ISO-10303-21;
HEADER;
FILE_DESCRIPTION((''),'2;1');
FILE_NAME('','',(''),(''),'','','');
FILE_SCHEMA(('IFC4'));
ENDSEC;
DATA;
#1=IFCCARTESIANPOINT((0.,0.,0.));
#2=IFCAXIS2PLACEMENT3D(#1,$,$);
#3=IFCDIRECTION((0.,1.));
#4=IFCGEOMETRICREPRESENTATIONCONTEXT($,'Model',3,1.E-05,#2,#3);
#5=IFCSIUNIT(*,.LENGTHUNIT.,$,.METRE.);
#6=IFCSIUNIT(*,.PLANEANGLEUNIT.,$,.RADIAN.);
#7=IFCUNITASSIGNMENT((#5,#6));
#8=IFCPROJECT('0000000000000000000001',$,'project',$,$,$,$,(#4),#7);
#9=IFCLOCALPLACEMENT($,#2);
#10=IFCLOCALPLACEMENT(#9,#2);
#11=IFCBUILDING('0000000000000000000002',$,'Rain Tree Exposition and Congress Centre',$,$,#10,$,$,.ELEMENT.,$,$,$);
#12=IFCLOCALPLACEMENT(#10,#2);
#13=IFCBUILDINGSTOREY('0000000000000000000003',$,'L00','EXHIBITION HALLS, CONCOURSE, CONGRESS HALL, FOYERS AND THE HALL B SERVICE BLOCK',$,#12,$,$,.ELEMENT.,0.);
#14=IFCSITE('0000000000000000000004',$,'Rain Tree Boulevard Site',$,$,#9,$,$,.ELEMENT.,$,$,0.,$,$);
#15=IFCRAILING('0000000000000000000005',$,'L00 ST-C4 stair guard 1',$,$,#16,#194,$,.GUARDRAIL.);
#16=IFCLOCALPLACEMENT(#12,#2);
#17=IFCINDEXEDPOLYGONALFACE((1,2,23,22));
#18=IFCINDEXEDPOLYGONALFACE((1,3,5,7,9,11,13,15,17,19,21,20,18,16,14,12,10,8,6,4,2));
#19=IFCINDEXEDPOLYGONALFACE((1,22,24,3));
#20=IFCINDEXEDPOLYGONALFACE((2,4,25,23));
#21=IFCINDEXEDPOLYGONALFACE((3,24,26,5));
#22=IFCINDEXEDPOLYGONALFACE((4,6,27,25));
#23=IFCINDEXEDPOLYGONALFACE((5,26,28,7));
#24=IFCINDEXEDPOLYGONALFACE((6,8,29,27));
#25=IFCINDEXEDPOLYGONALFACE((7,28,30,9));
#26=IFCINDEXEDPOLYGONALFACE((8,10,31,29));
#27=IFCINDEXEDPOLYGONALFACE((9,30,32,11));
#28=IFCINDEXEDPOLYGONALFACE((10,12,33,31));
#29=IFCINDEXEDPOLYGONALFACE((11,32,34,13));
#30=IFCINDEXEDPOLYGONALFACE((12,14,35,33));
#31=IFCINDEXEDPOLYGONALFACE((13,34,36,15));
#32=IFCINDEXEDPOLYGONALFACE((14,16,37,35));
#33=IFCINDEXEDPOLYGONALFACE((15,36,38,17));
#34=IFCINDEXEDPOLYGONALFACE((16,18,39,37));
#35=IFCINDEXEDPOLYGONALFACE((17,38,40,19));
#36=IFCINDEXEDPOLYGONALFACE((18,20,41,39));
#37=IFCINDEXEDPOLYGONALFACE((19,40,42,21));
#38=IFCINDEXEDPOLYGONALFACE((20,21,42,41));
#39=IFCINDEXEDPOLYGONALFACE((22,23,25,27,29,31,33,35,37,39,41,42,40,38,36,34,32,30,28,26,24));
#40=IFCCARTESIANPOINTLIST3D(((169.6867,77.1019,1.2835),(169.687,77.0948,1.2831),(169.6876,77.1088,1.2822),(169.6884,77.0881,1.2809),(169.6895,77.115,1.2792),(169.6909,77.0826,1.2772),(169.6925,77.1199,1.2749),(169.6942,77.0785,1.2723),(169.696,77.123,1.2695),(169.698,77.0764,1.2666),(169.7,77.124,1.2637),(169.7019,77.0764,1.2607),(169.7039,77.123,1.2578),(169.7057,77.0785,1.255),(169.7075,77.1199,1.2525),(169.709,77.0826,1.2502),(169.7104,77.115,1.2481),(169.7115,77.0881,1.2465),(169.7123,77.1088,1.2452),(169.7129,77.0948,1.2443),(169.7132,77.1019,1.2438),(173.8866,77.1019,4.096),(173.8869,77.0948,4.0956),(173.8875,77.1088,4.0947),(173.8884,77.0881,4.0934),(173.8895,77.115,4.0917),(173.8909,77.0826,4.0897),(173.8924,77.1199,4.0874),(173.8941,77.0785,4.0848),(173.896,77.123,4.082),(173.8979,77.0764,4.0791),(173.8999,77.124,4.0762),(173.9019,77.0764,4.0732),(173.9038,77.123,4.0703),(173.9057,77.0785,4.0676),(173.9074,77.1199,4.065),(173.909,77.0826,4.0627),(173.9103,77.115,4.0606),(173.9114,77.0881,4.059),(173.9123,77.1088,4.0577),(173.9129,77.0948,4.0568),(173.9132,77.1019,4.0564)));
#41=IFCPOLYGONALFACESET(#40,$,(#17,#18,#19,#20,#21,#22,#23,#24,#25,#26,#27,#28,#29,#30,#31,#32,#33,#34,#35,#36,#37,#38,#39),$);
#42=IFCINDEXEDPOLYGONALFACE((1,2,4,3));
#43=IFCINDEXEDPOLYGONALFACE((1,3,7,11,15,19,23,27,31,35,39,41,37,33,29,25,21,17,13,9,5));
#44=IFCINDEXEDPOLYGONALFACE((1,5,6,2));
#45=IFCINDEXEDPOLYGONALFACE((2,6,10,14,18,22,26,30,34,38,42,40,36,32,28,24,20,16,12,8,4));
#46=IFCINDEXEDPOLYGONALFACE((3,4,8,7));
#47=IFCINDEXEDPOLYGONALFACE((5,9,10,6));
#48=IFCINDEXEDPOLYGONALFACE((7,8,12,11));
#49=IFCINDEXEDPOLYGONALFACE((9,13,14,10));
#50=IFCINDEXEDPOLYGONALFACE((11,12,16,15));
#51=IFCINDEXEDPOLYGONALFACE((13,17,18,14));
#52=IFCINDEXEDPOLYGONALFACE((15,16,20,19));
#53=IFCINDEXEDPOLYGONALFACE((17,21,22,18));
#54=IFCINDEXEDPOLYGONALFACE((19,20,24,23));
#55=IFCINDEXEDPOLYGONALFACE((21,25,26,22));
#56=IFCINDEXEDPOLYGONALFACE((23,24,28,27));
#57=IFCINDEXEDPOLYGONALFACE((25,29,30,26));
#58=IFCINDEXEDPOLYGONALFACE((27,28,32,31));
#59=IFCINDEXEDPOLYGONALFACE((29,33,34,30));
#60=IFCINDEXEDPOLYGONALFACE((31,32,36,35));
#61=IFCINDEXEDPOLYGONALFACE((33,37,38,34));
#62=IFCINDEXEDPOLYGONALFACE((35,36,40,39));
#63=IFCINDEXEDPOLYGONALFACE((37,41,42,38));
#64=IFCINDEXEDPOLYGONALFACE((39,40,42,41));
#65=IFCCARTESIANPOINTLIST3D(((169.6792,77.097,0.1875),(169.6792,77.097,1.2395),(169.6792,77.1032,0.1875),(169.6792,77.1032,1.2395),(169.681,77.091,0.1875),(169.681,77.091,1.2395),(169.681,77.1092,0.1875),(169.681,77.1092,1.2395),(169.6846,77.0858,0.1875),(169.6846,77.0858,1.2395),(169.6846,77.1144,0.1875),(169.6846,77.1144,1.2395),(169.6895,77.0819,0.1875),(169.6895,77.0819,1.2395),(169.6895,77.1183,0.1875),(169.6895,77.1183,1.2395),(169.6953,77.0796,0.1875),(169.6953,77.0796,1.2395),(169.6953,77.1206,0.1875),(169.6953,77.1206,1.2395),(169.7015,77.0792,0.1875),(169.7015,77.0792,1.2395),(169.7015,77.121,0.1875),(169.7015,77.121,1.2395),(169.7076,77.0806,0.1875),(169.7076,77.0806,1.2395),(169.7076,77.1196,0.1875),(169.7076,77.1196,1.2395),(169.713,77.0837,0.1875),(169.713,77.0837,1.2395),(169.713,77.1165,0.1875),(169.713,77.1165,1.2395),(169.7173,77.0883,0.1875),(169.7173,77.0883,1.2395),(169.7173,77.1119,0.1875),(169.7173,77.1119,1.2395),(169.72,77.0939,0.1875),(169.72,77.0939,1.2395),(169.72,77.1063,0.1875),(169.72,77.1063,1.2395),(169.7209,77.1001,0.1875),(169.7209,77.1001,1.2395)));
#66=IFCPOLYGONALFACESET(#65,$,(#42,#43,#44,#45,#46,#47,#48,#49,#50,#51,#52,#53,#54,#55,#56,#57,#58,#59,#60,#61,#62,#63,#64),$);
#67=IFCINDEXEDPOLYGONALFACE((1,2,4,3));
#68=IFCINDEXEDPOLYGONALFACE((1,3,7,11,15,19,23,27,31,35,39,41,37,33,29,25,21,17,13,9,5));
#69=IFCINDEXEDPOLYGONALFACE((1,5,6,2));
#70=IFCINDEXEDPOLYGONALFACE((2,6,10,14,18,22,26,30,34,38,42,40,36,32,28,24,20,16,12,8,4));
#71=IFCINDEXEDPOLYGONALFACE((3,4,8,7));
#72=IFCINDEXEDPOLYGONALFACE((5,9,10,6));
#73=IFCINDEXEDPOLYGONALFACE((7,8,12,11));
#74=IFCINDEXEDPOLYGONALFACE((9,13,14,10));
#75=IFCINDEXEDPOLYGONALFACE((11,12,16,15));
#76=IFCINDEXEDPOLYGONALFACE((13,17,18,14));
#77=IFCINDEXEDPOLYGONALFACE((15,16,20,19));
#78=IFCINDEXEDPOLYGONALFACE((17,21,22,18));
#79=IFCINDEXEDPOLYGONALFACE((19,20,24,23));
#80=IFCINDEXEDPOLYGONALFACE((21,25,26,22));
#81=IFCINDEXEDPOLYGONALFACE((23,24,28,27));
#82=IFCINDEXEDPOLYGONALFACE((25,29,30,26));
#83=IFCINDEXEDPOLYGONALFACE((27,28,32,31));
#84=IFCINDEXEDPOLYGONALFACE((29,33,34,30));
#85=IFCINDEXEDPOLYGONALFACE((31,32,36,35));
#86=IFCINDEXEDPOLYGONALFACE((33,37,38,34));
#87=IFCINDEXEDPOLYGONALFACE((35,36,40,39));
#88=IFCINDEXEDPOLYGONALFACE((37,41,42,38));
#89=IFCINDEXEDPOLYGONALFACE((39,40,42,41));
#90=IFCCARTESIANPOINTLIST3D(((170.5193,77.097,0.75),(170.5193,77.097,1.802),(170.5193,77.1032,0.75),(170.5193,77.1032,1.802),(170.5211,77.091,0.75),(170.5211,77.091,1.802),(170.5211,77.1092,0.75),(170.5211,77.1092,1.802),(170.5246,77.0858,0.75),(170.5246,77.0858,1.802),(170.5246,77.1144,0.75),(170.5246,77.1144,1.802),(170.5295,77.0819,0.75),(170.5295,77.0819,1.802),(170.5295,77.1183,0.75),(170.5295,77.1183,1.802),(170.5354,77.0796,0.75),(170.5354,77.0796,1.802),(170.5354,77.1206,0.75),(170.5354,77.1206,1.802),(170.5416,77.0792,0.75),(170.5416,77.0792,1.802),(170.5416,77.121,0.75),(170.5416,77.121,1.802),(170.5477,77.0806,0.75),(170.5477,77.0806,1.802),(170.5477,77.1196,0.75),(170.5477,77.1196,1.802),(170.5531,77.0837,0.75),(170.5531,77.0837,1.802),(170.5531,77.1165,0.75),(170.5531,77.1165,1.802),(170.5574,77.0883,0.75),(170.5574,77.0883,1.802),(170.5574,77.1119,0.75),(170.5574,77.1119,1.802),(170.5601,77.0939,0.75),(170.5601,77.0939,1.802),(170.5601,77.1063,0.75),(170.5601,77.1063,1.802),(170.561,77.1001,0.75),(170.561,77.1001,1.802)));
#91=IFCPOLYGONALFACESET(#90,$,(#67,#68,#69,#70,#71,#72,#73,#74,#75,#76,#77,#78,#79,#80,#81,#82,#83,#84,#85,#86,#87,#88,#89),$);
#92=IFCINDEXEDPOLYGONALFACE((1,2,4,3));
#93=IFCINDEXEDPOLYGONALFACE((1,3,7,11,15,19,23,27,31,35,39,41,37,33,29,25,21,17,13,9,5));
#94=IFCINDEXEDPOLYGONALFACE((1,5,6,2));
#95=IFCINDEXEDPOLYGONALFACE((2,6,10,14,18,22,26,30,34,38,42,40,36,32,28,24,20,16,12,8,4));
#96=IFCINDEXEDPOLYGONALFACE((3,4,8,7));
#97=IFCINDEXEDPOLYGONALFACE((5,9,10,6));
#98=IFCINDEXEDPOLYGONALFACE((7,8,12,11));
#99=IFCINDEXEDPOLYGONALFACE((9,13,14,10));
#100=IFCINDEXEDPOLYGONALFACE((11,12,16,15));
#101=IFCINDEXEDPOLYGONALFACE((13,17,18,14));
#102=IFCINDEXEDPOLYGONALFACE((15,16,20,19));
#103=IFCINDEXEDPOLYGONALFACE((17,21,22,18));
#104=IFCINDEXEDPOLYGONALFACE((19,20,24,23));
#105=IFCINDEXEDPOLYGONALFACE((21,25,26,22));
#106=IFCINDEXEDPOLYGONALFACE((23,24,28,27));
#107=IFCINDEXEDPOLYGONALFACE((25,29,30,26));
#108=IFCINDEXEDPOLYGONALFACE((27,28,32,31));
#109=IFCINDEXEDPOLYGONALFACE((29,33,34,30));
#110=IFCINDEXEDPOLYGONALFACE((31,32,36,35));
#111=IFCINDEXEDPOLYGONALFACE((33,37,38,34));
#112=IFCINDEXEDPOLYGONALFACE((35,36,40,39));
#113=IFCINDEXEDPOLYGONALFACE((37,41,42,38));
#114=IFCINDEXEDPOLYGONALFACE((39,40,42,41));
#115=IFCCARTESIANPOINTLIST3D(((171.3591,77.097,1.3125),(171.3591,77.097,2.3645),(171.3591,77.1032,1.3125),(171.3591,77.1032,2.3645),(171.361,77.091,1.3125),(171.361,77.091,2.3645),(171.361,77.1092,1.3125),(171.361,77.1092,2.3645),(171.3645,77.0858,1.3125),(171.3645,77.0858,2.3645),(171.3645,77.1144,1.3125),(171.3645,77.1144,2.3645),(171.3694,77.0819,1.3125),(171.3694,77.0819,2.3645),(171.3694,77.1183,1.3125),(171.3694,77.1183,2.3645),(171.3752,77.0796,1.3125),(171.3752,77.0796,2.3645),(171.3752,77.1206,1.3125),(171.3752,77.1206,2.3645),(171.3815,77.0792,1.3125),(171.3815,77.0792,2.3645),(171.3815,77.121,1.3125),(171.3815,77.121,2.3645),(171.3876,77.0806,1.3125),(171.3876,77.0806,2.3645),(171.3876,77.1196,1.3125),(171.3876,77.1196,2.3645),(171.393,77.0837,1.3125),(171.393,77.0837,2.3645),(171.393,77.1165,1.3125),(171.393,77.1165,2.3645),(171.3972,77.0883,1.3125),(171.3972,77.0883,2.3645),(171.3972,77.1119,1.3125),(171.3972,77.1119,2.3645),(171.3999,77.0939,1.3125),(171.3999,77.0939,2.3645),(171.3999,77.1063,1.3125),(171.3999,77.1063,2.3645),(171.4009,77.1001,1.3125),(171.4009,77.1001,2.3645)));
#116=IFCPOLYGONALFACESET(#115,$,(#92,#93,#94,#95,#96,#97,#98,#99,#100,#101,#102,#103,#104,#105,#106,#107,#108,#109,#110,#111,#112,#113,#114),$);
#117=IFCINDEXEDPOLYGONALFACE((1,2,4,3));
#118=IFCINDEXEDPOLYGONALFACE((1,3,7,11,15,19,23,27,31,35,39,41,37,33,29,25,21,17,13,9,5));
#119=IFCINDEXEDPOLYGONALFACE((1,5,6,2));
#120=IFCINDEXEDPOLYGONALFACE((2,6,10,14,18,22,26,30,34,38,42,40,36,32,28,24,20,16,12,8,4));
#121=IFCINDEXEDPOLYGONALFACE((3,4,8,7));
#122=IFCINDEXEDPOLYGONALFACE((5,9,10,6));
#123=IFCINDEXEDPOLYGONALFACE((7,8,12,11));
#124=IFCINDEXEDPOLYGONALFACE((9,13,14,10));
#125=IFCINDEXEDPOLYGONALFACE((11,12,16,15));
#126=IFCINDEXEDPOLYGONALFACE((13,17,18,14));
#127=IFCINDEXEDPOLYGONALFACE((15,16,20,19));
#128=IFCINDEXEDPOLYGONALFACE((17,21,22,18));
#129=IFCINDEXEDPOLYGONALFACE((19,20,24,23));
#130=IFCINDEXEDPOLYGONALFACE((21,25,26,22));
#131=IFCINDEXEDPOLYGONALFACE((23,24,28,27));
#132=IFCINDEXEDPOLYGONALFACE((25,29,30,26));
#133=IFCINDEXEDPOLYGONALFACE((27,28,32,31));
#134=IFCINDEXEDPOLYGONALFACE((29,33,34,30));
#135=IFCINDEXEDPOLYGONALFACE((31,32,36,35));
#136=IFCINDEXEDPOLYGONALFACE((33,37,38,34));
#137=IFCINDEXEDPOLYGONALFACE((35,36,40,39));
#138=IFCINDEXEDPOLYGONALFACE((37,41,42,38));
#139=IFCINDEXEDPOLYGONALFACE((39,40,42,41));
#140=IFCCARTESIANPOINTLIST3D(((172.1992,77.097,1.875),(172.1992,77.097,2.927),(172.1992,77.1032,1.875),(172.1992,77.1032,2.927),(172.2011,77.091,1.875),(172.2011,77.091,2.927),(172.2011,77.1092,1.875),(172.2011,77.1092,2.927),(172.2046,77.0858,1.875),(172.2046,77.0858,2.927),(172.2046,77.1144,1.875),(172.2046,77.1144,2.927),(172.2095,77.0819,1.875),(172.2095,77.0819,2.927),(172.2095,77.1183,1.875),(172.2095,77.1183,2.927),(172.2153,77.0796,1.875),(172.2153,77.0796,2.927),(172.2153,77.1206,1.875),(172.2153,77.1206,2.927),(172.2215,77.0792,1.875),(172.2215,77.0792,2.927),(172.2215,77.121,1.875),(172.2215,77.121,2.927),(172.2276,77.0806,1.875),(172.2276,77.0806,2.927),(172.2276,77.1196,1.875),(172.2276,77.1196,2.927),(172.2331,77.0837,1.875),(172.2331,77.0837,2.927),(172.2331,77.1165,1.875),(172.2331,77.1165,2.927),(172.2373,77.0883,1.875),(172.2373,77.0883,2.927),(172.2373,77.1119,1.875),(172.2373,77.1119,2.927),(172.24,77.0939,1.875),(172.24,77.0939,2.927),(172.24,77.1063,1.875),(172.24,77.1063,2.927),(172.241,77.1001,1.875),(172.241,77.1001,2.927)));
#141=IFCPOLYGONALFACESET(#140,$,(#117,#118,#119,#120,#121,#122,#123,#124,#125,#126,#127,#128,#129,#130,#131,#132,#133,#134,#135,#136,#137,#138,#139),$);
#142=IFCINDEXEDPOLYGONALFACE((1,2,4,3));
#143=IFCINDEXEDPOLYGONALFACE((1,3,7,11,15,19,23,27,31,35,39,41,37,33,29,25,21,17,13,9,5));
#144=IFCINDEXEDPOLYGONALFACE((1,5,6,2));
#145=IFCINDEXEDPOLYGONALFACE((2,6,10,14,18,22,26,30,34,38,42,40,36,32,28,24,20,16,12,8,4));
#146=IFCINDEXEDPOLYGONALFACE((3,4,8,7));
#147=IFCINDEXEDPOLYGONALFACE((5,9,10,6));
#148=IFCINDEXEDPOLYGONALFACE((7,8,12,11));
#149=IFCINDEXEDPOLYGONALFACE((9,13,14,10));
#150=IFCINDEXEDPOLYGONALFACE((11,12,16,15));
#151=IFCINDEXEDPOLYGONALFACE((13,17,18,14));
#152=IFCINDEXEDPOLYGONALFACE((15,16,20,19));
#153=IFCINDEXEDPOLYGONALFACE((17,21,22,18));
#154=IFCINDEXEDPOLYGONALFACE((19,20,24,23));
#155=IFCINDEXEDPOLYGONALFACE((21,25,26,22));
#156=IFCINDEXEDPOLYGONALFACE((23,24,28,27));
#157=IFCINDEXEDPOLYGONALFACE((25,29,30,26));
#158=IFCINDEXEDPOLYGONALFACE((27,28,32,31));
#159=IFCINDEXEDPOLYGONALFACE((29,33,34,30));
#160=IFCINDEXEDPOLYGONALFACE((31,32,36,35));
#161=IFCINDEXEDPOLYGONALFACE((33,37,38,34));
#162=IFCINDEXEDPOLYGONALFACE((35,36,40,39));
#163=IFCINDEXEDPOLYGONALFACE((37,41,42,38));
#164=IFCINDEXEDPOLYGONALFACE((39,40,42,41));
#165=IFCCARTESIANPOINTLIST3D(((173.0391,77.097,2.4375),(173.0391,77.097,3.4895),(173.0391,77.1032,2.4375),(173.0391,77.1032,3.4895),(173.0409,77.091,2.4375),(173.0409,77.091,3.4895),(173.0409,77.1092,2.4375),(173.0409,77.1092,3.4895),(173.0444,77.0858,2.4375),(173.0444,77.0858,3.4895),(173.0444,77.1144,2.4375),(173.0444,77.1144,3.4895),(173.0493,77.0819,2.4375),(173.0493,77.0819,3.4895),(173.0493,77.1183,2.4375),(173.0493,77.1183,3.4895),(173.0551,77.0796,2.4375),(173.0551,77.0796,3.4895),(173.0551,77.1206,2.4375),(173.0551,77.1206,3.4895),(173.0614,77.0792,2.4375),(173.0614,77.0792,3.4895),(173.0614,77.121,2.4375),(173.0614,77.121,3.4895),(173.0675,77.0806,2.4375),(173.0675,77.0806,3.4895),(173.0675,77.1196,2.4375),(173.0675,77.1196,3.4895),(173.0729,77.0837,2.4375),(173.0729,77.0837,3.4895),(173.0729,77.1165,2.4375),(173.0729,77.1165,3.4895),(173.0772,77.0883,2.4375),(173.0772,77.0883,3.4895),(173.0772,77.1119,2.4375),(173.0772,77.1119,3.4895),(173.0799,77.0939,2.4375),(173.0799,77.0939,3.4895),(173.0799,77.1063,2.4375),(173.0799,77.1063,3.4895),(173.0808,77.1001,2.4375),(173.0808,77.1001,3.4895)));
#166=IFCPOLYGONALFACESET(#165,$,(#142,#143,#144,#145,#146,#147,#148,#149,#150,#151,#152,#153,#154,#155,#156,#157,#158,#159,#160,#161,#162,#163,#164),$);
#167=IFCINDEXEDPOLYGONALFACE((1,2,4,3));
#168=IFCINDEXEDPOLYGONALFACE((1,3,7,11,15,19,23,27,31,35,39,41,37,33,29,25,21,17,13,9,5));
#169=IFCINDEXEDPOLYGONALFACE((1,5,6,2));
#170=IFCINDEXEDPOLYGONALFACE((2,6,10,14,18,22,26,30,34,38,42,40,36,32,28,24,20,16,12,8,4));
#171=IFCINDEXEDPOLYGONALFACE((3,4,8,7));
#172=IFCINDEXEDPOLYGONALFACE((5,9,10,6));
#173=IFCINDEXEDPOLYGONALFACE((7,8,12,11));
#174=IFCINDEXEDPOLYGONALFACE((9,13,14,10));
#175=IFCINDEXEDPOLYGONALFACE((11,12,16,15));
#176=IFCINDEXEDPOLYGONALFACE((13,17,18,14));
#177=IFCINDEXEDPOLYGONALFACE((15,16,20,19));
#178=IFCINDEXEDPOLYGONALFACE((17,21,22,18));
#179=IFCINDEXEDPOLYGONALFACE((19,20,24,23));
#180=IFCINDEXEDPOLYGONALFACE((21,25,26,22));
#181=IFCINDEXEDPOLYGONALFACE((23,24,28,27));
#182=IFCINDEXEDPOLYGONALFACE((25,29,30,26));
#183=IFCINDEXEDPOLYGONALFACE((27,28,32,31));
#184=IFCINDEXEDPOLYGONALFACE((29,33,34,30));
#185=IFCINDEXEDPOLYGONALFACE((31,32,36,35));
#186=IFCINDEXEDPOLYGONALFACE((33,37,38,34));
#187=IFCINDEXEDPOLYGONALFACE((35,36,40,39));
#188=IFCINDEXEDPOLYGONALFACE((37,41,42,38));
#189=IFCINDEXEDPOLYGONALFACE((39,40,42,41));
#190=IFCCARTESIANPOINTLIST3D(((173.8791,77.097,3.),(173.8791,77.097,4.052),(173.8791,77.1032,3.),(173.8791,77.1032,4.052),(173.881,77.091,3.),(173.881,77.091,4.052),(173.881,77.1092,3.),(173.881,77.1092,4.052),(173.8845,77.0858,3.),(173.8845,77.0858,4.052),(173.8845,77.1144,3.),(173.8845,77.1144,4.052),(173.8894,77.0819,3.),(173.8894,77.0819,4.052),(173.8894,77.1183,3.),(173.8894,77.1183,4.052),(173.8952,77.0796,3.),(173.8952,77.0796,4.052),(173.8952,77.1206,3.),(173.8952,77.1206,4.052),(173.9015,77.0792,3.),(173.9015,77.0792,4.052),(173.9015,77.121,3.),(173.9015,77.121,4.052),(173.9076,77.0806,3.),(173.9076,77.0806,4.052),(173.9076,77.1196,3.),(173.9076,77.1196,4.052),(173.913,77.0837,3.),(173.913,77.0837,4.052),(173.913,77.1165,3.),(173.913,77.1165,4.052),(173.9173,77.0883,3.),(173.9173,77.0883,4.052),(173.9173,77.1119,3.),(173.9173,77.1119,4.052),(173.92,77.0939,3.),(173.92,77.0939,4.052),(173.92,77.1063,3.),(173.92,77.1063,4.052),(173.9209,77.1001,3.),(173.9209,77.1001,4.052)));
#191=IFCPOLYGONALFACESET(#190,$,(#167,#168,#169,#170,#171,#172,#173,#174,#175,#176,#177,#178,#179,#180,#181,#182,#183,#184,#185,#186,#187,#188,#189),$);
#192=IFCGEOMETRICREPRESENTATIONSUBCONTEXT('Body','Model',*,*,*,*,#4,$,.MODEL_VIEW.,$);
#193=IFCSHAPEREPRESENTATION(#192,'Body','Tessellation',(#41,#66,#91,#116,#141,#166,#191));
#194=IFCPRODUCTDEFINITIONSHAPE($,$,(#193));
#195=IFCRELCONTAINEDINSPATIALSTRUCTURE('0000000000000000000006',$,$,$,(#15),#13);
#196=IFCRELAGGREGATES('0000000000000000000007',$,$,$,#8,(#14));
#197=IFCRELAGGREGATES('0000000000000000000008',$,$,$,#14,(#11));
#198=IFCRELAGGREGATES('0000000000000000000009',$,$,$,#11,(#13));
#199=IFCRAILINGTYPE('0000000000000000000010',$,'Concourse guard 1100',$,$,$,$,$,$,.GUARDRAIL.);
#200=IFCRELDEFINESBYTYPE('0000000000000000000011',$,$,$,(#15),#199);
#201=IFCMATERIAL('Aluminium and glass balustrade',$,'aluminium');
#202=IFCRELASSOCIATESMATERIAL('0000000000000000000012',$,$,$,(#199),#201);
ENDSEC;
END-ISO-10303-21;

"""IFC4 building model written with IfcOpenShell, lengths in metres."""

from ifc_helpers import new_model, si_unit, direction, frame, origin, origin_2d, place, context, subcontext, project, spatial, circle, extrude, material, type_object, element, save


model = new_model("IFC4")

# Units and contexts
model_context = context("Model", 3, precision=1e-05, world=origin(), true_north=direction((0.0, 1.0)))
body_context = subcontext(model_context, "Body", "Model", "MODEL_VIEW")
ifc_project = project(units=[si_unit("LENGTHUNIT", "METRE"), si_unit("PLANEANGLEUNIT", "RADIAN")], contexts=[model_context])

# Site, building, storey
site_placement = place(None, origin())
site = spatial("IfcSite", under=ifc_project, at=site_placement, Name="Rain Tree Boulevard Site", CompositionType="ELEMENT", RefElevation=0.0)
building_placement = place(site_placement, origin())
building = spatial("IfcBuilding", under=site, at=building_placement, Name="Rain Tree Exposition and Congress Centre", CompositionType="ELEMENT")
storey_placement = place(building_placement, origin())
storey = spatial("IfcBuildingStorey", under=building, at=storey_placement, Name="L00", Description="EXHIBITION HALLS, CONCOURSE, CONGRESS HALL, FOYERS AND THE HALL B SERVICE BLOCK", CompositionType="ELEMENT", Elevation=0.0)

# Railing
ifc_material_1 = material(Name="Aluminium and glass balustrade", Category="aluminium")
railing_type_1 = type_object("IfcRailingType", Name="Concourse guard 1100", PredefinedType="GUARDRAIL", material=ifc_material_1)
railing_1_placement = place(storey_placement, frame((169.7, 77.1001, 0.1875)))
element("IfcRailing", 1, at=railing_1_placement, inside=storey, type_object=railing_type_1, Name="L00 ST-C4 stair guard 1", PredefinedType="GUARDRAIL", context=body_context, shape_type="SweptSolid", body=[
    extrude(circle(Radius=0.0239, at=origin_2d()), frame((0.0, 0.0, 1.0762), z_axis=(0.830904, 0.0, 0.556416), x_axis=(0.0, 1.0, 0.0)), (0.0, 0.0, 1.0), 5.0547),
    extrude(circle(Radius=0.021, at=origin_2d()), origin(), (0.0, 0.0, 1.0), 1.052),
    extrude(circle(Radius=0.021, at=origin_2d()), frame((0.8401, 0.0, 0.5625)), (0.0, 0.0, 1.0), 1.052),
    extrude(circle(Radius=0.021, at=origin_2d()), frame((1.6799, 0.0, 1.125)), (0.0, 0.0, 1.0), 1.052),
    extrude(circle(Radius=0.021, at=origin_2d()), frame((2.52, 0.0, 1.6875)), (0.0, 0.0, 1.0), 1.052),
    extrude(circle(Radius=0.021, at=origin_2d()), frame((3.3599, 0.0, 2.25)), (0.0, 0.0, 1.0), 1.052),
    extrude(circle(Radius=0.021, at=origin_2d()), frame((4.2, 0.0, 2.8125)), (0.0, 0.0, 1.0), 1.052),
])

save(model, "model.ifc")
